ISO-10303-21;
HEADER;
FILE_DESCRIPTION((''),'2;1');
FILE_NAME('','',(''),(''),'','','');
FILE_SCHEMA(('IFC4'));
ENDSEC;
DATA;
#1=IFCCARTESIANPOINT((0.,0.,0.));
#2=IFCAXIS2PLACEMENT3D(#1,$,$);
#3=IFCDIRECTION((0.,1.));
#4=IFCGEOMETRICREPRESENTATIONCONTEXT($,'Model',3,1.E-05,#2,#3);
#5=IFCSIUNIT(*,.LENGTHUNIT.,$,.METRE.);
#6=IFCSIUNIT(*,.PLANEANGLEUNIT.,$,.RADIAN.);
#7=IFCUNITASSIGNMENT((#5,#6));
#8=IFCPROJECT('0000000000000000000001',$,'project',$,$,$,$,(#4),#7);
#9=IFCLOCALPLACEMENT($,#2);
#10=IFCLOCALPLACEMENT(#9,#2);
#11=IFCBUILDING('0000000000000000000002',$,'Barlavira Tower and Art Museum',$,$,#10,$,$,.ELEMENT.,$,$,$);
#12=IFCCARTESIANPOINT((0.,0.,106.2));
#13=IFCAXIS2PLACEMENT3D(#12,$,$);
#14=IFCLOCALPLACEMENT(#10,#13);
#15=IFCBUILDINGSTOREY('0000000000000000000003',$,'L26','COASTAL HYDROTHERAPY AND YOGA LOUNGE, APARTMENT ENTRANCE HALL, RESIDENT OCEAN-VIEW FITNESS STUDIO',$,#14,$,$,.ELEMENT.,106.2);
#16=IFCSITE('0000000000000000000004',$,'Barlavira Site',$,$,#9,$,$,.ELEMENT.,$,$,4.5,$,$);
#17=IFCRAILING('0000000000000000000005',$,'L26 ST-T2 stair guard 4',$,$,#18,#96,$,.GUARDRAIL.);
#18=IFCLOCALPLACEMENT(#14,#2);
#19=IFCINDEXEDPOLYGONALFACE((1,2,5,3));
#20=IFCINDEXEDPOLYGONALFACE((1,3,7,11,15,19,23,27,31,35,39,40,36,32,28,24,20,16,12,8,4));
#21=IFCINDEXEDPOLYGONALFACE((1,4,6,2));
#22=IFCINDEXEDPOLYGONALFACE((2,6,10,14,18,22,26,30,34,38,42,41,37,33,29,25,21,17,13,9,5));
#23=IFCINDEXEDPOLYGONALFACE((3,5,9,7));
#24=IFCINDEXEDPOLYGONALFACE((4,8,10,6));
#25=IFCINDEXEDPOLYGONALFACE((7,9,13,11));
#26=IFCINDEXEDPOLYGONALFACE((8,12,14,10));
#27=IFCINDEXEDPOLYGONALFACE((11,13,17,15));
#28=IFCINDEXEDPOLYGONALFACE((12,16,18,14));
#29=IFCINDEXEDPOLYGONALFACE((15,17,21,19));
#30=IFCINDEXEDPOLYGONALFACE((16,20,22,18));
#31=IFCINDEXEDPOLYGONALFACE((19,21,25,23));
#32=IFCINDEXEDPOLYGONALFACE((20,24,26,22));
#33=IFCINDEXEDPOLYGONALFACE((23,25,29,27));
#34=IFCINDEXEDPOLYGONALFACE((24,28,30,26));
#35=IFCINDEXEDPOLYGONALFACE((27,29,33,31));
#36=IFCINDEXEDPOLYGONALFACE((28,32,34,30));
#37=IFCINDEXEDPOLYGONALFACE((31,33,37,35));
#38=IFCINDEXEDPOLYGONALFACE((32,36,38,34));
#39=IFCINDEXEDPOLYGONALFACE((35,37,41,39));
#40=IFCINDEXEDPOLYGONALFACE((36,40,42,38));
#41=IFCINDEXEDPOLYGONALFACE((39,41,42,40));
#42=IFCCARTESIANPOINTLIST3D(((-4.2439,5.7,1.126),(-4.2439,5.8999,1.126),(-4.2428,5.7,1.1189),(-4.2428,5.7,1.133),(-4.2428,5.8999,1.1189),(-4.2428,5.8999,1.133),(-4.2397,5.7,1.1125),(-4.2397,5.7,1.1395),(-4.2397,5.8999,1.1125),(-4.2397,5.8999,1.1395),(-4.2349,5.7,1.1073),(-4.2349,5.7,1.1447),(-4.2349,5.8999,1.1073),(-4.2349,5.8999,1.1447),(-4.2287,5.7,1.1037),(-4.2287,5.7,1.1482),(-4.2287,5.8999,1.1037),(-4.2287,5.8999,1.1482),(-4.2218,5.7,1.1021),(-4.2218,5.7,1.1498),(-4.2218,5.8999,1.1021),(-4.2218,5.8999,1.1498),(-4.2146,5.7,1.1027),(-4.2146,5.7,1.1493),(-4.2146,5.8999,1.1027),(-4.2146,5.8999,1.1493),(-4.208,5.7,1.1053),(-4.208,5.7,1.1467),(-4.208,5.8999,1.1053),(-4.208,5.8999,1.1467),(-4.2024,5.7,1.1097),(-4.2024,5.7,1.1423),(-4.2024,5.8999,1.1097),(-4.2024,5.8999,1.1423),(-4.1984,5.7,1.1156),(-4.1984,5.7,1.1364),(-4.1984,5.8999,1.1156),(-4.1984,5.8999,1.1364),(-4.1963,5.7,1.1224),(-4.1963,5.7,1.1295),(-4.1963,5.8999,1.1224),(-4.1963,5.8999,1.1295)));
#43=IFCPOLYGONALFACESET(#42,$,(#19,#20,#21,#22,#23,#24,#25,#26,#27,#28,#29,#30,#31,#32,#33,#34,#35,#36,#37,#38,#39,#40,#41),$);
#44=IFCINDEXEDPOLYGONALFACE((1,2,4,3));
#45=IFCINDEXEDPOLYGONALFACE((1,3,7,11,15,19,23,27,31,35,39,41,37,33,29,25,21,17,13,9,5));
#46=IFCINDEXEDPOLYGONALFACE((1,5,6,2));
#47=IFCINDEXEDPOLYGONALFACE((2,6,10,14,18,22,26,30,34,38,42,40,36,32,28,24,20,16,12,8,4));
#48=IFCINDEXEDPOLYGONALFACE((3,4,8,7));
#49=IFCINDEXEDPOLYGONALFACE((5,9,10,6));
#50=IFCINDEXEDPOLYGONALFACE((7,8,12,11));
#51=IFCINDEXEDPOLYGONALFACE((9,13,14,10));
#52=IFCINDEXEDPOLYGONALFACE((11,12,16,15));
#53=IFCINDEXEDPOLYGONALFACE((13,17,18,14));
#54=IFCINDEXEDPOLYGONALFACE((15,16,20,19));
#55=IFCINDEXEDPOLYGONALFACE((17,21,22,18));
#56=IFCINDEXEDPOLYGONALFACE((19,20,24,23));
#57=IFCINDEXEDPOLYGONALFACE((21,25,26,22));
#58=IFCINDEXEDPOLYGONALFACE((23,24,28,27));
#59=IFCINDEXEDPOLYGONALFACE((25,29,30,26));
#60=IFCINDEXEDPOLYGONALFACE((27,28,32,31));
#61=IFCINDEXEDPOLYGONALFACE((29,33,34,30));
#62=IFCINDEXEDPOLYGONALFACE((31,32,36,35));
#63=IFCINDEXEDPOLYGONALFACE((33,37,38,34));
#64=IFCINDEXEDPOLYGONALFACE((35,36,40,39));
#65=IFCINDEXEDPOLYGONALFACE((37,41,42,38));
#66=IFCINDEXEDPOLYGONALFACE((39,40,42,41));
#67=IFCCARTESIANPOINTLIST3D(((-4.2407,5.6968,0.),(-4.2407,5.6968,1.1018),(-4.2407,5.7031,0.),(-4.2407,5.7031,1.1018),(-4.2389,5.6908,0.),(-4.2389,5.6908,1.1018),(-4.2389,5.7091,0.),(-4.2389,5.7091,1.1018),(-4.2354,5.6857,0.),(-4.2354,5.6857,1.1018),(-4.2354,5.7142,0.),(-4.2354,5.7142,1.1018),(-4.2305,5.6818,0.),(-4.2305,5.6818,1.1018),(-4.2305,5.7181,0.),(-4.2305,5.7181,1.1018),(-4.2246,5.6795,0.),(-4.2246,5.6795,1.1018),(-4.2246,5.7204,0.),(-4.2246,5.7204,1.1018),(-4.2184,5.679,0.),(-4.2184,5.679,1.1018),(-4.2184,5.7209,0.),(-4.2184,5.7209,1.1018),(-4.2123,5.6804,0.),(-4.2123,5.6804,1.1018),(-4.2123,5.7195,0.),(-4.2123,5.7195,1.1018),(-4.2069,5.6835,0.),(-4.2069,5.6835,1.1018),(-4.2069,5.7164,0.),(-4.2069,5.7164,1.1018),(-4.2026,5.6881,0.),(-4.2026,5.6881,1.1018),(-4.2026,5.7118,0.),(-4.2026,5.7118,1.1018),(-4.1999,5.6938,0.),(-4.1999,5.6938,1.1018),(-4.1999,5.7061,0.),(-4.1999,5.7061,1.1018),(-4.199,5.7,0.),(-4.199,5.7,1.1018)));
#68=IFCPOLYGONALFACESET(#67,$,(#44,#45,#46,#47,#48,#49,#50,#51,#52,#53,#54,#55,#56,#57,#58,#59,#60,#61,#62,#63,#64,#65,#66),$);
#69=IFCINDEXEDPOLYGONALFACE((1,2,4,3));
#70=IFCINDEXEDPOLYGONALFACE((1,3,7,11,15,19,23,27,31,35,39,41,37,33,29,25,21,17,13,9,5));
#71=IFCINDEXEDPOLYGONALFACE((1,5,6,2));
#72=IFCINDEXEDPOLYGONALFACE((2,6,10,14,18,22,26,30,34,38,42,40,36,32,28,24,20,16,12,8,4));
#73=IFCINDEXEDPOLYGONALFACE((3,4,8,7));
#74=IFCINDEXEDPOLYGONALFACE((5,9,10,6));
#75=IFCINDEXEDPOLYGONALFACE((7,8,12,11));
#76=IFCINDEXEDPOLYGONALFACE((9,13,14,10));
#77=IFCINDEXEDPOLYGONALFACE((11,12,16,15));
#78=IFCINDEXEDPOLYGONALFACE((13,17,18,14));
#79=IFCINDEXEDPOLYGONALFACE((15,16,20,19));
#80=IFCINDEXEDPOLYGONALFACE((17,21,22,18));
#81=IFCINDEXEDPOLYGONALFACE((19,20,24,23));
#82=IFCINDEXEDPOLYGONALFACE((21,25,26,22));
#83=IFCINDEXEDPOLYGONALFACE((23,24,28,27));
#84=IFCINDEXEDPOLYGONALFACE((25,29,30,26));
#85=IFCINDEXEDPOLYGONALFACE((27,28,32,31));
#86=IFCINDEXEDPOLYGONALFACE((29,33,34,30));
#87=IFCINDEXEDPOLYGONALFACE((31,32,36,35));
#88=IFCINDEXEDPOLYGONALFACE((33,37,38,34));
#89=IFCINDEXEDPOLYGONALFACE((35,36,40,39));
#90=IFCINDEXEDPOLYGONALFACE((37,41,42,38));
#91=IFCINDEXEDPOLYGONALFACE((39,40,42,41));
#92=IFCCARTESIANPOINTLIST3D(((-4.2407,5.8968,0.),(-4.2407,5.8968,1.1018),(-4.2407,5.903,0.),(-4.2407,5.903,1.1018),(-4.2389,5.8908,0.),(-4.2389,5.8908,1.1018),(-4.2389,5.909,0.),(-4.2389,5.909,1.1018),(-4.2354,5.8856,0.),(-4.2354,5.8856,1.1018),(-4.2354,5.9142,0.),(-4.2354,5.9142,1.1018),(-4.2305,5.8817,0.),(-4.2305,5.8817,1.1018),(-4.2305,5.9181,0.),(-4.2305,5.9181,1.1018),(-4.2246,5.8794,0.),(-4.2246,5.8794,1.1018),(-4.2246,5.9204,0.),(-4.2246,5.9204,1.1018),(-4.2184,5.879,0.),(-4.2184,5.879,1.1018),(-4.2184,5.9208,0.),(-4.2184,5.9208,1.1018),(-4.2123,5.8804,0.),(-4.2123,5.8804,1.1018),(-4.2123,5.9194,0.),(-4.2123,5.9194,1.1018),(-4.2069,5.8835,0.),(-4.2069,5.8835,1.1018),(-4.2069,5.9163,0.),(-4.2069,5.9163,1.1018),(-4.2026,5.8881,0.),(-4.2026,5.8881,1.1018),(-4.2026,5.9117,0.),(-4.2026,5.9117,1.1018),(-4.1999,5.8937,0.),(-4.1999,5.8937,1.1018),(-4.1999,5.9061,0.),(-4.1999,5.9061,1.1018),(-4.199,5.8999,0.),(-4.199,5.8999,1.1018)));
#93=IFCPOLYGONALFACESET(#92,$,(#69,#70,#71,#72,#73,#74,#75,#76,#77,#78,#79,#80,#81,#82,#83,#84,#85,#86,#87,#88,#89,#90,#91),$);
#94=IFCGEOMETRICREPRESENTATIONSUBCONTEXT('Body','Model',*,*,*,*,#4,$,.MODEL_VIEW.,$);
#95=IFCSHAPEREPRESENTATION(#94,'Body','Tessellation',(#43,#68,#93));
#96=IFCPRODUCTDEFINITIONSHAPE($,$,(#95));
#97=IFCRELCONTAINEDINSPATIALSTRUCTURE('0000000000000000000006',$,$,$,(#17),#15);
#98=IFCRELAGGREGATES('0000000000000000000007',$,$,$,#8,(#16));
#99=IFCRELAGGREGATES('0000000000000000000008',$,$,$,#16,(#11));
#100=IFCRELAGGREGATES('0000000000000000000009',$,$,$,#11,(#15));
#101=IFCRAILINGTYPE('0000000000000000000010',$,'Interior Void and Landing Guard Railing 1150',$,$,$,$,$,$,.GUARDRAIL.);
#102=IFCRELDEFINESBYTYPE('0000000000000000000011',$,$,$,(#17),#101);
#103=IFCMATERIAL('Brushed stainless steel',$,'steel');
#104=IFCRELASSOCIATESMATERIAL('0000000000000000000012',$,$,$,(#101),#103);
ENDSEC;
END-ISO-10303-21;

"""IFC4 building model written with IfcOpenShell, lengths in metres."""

from ifc_helpers import new_model, si_unit, direction, frame, origin, origin_2d, place, context, subcontext, project, spatial, circle, extrude, material, type_object, element, save


model = new_model("IFC4")

# Units and contexts
model_context = context("Model", 3, precision=1e-05, world=origin(), true_north=direction((0.0, 1.0)))
body_context = subcontext(model_context, "Body", "Model", "MODEL_VIEW")
ifc_project = project(units=[si_unit("LENGTHUNIT", "METRE"), si_unit("PLANEANGLEUNIT", "RADIAN")], contexts=[model_context])

# Site, building, storey
site_placement = place(None, origin())
site = spatial("IfcSite", under=ifc_project, at=site_placement, Name="Barlavira Site", CompositionType="ELEMENT", RefElevation=4.5)
building_placement = place(site_placement, origin())
building = spatial("IfcBuilding", under=site, at=building_placement, Name="Barlavira Tower and Art Museum", CompositionType="ELEMENT")
storey_placement = place(building_placement, frame((0.0, 0.0, 106.2)))
storey = spatial("IfcBuildingStorey", under=building, at=storey_placement, Name="L26", Description="COASTAL HYDROTHERAPY AND YOGA LOUNGE, APARTMENT ENTRANCE HALL, RESIDENT OCEAN-VIEW FITNESS STUDIO", CompositionType="ELEMENT", Elevation=106.2)

# Shared definitions
ifc_material_1 = material(Name="Brushed stainless steel", Category="steel")

# Railing
railing_type_1 = type_object("IfcRailingType", Name="Interior Void and Landing Guard Railing 1150", PredefinedType="GUARDRAIL", material=ifc_material_1)
railing_1_placement = place(storey_placement, frame((-4.22, 5.7, 0.0)))
element("IfcRailing", 1, at=railing_1_placement, inside=storey, type_object=railing_type_1, Name="L26 ST-T2 stair guard 4", PredefinedType="GUARDRAIL", context=body_context, shape_type="SweptSolid", body=[
    extrude(circle(Radius=0.0239, at=origin_2d()), frame((0.0, 0.0, 1.126), z_axis=(0.0, 1.0, 0.0), x_axis=(-1.0, 0.0, 0.0)), (0.0, 0.0, 1.0), 0.2),
    extrude(circle(Radius=0.021, at=origin_2d()), origin(), (0.0, 0.0, 1.0), 1.1018),
    extrude(circle(Radius=0.021, at=origin_2d()), frame((0.0, 0.2, 0.0)), (0.0, 0.0, 1.0), 1.1018),
])

save(model, "model.ifc")
